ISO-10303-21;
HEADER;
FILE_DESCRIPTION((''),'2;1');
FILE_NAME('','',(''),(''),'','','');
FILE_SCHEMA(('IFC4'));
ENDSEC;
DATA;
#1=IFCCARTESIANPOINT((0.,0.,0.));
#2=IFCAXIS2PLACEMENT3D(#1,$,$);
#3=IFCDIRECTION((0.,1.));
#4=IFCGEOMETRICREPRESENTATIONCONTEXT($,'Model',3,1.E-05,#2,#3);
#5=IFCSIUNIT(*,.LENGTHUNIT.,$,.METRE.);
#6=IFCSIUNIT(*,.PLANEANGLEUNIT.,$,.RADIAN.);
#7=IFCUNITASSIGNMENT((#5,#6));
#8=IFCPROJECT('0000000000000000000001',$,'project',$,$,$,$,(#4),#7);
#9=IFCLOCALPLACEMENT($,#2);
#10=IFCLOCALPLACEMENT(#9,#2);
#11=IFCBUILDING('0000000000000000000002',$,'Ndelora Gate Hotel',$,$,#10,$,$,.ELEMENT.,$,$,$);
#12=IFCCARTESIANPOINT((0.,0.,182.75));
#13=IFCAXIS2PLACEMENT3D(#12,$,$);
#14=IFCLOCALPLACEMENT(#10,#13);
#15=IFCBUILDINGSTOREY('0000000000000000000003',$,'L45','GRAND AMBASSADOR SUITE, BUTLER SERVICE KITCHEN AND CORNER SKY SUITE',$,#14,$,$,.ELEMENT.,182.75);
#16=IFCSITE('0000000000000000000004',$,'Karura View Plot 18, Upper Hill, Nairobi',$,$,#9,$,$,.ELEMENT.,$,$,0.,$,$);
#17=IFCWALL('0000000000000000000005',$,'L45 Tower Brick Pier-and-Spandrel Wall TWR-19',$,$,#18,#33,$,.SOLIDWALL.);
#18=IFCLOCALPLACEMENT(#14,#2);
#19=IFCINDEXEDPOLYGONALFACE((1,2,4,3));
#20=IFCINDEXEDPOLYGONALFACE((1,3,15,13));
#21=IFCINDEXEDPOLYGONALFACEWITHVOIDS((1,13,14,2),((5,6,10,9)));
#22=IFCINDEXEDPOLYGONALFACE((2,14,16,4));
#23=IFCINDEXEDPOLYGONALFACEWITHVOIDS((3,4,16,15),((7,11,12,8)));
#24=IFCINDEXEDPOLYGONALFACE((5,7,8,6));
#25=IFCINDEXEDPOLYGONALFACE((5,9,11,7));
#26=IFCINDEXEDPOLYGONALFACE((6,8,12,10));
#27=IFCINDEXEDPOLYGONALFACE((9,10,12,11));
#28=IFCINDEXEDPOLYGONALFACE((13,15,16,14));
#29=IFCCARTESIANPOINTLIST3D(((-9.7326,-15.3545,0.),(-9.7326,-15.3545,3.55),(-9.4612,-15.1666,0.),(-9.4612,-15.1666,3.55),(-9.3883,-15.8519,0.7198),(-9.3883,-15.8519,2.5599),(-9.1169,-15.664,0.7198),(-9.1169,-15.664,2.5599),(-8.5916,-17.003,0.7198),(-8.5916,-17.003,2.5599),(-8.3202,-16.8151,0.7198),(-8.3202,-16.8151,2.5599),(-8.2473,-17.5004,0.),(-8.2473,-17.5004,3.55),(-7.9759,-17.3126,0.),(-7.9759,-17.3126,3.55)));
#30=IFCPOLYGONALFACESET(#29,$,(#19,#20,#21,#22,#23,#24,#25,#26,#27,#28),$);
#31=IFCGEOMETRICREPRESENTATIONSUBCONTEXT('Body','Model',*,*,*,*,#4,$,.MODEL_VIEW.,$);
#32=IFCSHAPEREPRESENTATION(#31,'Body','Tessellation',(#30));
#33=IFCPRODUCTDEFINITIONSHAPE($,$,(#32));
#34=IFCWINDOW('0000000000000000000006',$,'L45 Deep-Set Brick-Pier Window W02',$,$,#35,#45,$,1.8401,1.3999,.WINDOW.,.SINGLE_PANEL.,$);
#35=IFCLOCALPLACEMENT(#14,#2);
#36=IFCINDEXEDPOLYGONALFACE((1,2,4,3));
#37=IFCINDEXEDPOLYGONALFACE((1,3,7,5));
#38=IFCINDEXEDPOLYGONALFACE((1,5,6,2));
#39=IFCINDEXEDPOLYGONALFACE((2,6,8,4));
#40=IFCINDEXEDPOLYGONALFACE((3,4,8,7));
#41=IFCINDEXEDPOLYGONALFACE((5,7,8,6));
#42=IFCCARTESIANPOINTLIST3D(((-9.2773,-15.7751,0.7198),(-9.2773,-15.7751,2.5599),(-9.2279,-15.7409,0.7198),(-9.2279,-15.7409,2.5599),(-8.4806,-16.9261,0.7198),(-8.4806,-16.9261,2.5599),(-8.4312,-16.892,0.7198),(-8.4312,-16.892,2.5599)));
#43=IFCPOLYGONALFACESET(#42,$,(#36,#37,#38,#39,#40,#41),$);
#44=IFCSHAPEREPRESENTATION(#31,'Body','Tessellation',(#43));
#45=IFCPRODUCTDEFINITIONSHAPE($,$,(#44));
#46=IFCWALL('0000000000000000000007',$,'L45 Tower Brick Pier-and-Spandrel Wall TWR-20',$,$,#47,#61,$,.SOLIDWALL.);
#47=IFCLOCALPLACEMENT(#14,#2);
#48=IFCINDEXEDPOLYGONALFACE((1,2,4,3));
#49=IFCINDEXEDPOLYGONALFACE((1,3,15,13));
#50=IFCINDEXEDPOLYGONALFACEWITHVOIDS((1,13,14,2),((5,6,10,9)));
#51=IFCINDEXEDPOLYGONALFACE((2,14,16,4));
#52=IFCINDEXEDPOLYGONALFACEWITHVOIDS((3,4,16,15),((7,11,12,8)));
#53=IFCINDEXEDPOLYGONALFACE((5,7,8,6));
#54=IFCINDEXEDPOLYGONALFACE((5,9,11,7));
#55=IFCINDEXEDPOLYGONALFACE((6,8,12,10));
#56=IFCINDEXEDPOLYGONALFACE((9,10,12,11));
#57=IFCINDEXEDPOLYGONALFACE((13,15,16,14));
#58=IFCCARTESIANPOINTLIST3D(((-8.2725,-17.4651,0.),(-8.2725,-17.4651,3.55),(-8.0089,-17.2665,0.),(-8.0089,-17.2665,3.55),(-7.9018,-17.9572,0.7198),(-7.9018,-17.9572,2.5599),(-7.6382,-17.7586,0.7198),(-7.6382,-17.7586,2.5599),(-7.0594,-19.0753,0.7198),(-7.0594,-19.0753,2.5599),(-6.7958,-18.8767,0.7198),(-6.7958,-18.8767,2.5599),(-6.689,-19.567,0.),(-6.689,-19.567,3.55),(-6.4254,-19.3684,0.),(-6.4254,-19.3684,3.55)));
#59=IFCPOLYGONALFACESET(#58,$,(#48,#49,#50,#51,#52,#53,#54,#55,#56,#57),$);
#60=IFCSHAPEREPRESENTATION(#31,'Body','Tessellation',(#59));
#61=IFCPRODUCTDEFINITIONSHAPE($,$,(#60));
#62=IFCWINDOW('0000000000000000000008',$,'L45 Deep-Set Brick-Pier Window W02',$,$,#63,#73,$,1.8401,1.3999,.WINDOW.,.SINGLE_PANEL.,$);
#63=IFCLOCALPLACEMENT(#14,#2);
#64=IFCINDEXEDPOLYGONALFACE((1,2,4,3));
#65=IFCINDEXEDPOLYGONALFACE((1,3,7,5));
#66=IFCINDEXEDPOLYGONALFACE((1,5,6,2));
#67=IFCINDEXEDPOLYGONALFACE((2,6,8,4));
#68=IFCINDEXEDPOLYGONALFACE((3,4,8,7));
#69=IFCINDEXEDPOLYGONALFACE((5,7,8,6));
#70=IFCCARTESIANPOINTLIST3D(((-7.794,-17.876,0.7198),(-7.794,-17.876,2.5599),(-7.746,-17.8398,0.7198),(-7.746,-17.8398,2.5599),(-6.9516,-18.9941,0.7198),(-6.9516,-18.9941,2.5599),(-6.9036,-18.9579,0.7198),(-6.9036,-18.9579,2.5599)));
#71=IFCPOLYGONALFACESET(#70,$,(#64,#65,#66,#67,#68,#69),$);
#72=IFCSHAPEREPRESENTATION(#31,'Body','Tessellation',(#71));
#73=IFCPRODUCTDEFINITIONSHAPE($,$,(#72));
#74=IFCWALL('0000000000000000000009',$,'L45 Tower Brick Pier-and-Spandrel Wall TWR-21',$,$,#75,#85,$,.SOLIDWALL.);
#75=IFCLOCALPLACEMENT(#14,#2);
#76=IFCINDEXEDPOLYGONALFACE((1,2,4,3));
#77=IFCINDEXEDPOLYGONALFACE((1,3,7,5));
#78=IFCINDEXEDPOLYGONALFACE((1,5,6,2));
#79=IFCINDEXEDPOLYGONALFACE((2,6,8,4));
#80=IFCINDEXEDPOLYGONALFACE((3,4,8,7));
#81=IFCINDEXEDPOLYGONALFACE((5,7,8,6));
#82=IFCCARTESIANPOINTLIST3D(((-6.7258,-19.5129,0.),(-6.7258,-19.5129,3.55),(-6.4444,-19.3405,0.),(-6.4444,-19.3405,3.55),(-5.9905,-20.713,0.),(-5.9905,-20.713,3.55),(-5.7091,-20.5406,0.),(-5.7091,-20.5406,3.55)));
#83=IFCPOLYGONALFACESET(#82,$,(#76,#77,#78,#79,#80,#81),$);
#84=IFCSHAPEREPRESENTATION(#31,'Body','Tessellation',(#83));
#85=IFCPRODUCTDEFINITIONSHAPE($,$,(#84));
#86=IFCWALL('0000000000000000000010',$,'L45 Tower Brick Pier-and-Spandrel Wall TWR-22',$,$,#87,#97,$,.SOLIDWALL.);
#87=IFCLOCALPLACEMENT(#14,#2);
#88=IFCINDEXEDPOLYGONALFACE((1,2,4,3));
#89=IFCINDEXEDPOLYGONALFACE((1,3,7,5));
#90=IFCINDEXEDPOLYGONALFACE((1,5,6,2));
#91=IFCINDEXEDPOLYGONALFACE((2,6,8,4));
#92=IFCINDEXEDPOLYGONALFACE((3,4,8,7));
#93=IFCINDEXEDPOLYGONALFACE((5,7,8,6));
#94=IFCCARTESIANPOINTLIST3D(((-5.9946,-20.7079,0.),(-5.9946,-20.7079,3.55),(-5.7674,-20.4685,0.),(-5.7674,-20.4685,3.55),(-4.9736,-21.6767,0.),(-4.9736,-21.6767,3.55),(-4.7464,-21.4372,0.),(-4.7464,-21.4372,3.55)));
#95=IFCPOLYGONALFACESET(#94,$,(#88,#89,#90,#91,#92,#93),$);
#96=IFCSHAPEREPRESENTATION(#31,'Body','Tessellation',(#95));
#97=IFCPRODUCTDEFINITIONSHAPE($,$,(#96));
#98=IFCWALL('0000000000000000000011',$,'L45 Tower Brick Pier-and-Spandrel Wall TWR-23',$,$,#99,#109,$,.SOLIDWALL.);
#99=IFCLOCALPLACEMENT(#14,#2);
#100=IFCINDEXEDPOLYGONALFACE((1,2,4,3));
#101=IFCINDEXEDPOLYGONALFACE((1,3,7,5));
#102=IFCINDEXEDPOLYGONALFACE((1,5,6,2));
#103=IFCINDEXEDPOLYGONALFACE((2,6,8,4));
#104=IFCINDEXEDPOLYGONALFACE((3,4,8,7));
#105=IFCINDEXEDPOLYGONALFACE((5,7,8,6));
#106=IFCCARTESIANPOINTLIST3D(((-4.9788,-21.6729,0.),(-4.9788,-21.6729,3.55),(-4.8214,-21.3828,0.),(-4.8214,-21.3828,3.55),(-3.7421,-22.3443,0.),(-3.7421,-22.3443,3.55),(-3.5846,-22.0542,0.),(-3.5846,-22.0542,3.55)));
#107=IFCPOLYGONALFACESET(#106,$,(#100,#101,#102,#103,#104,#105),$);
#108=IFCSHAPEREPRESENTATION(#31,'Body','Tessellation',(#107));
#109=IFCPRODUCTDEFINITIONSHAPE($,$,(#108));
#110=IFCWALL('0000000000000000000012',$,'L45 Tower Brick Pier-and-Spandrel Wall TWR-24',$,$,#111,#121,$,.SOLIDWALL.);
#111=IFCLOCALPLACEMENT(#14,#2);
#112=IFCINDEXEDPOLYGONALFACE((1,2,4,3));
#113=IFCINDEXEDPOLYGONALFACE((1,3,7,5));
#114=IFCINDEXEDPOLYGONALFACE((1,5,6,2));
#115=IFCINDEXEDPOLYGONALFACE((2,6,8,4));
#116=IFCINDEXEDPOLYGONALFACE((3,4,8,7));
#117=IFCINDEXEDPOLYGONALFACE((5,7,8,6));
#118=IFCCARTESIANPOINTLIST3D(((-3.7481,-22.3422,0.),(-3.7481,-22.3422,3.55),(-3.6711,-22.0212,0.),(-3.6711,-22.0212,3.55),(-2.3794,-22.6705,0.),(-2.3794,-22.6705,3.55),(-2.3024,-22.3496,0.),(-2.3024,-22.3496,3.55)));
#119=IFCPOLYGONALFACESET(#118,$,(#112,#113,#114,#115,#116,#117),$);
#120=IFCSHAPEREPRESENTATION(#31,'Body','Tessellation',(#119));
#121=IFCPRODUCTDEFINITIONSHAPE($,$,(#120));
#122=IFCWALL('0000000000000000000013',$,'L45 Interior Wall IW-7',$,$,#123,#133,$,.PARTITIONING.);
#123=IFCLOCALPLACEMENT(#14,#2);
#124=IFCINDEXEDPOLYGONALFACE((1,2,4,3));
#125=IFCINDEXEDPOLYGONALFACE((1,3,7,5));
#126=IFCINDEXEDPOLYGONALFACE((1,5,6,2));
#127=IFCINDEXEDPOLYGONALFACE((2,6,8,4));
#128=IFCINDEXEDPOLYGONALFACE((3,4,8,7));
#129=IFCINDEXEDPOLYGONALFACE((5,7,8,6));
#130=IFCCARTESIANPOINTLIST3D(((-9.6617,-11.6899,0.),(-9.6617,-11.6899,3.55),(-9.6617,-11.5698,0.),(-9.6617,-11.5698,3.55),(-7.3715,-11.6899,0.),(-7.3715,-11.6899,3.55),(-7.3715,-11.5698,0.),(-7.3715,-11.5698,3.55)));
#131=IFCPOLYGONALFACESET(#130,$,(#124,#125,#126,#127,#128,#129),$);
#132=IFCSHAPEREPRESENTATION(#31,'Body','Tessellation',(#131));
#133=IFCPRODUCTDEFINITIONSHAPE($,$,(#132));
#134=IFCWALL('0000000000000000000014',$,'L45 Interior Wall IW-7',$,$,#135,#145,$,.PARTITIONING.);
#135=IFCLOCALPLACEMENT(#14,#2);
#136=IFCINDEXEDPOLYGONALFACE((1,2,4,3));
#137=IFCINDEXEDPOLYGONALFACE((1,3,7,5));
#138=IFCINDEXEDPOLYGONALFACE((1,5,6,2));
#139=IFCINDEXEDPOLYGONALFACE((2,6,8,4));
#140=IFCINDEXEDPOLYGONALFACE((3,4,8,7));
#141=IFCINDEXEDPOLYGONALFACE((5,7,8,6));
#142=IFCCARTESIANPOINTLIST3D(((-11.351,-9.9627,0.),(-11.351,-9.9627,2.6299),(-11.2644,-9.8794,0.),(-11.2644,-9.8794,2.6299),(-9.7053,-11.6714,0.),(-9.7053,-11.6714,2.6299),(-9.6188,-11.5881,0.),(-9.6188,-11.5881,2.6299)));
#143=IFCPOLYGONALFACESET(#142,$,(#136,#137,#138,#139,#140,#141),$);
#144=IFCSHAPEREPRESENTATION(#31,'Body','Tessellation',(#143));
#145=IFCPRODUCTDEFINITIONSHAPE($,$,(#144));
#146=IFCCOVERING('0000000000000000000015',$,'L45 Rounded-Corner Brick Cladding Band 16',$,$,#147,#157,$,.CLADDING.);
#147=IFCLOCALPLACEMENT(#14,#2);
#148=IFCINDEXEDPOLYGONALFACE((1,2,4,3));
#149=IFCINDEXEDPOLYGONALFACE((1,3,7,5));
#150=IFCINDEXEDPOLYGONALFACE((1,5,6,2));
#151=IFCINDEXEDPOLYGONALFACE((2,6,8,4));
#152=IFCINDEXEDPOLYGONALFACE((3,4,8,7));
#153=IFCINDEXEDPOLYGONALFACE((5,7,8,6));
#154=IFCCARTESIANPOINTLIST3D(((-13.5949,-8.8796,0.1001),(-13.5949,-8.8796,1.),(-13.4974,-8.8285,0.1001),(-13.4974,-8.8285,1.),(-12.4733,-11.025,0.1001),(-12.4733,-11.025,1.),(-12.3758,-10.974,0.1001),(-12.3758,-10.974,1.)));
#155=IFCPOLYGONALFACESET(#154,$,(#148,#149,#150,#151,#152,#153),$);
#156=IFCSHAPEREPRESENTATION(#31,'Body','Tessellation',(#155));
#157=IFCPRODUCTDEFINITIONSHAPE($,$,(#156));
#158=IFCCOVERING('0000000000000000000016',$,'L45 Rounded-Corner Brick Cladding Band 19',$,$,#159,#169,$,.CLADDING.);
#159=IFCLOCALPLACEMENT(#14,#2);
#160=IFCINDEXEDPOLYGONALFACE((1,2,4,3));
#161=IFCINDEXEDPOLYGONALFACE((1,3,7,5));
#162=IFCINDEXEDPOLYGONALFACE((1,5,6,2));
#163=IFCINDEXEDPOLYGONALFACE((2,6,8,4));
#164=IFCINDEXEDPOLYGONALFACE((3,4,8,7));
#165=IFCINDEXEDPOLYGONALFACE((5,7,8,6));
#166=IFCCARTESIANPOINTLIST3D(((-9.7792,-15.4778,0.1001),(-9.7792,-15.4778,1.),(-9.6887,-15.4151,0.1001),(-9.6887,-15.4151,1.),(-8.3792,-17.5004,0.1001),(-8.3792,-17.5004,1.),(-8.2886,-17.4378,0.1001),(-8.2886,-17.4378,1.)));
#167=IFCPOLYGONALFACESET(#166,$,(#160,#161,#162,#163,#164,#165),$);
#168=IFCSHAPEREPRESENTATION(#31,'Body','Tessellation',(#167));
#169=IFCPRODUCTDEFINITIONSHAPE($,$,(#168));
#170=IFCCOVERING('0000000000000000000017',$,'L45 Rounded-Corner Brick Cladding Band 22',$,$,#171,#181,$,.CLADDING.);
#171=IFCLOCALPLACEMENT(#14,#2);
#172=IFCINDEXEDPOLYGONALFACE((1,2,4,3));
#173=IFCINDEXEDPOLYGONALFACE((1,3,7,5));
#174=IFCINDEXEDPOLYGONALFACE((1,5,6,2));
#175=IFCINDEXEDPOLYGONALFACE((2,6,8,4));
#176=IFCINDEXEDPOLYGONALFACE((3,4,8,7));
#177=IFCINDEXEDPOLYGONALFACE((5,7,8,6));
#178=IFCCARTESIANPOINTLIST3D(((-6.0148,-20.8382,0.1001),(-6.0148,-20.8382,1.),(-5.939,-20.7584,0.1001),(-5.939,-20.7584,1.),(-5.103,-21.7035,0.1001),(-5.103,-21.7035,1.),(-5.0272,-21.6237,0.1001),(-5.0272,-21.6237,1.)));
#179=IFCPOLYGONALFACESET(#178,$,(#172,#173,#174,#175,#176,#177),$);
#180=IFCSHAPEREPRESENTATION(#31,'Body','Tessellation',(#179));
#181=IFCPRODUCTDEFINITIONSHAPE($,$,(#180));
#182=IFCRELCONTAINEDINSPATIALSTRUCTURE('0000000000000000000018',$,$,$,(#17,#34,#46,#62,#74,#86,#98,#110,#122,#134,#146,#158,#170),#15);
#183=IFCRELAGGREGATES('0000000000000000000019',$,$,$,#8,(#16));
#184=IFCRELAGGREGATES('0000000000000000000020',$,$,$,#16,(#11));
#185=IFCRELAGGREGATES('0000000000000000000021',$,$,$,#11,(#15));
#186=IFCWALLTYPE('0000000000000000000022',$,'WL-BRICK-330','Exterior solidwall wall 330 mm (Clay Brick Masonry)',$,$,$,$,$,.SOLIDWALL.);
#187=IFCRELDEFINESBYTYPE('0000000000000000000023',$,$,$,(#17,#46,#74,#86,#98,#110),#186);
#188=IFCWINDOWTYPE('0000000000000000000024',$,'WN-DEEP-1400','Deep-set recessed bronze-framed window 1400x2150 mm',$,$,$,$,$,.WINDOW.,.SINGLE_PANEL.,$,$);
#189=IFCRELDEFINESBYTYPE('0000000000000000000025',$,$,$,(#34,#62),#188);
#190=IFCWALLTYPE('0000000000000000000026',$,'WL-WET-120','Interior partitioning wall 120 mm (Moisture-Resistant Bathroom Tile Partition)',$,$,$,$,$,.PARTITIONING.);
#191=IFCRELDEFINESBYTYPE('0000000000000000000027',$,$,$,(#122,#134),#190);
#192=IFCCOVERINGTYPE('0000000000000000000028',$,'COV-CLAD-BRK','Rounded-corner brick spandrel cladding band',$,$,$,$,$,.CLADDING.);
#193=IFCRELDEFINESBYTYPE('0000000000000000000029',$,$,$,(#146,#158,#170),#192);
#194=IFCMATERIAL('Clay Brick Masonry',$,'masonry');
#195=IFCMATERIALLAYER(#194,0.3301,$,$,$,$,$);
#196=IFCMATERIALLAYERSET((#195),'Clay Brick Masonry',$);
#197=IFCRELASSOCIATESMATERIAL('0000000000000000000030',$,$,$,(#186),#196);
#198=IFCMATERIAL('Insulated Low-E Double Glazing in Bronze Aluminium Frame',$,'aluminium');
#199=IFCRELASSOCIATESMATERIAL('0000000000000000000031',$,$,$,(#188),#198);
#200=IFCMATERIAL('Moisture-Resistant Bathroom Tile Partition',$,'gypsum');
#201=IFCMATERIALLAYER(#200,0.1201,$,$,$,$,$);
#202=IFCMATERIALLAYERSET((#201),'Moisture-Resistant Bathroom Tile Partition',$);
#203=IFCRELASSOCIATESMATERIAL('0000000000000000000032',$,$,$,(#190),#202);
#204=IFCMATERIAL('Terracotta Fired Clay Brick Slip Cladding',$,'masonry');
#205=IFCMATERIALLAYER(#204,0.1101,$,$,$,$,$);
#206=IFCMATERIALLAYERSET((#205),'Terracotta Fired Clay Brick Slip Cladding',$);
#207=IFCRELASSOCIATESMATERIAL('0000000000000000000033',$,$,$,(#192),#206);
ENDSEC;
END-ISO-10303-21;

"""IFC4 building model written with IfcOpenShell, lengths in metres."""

from ifc_helpers import new_model, si_unit, direction, frame, frame_2d, origin, origin_2d, place, context, subcontext, project, spatial, rectangle, extrude, material, layer, layer_set, type_object, element, fill, save


model = new_model("IFC4")

# Units and contexts
model_context = context("Model", 3, precision=1e-05, world=origin(), true_north=direction((0.0, 1.0)))
body_context = subcontext(model_context, "Body", "Model", "MODEL_VIEW")
ifc_project = project(units=[si_unit("LENGTHUNIT", "METRE"), si_unit("PLANEANGLEUNIT", "RADIAN")], contexts=[model_context])

# Site, building, storey
site_placement = place(None, origin())
site = spatial("IfcSite", under=ifc_project, at=site_placement, Name="Karura View Plot 18, Upper Hill, Nairobi", CompositionType="ELEMENT", RefElevation=0.0)
building_placement = place(site_placement, origin())
building = spatial("IfcBuilding", under=site, at=building_placement, Name="Ndelora Gate Hotel", CompositionType="ELEMENT")
storey_placement = place(building_placement, frame((0.0, 0.0, 182.75)))
storey = spatial("IfcBuildingStorey", under=building, at=storey_placement, Name="L45", Description="GRAND AMBASSADOR SUITE, BUTLER SERVICE KITCHEN AND CORNER SKY SUITE", CompositionType="ELEMENT", Elevation=182.75)

# Shared definitions
ifc_material_1 = material(Name="Clay Brick Masonry", Category="masonry")
ifc_layer_1 = layer(ifc_material_1, 0.3301)
ifc_layer_set_1 = layer_set([ifc_layer_1], Name="Clay Brick Masonry")
wall_type_1 = type_object("IfcWallType", Name="WL-BRICK-330", Description="Exterior solidwall wall 330 mm (Clay Brick Masonry)", PredefinedType="SOLIDWALL", material=ifc_layer_set_1)

# Walls, openings, windows
ifc_material_2 = material(Name="Insulated Low-E Double Glazing in Bronze Aluminium Frame", Category="aluminium")
window_type = type_object("IfcWindowType", Name="WN-DEEP-1400", Description="Deep-set recessed bronze-framed window 1400x2150 mm", PartitioningType="SINGLE_PANEL", PredefinedType="WINDOW", material=ifc_material_2)
wall_1_placement = place(storey_placement, frame((-8.1116, -17.4065, 0.0), z_axis=(0.0, 0.0, 1.0), x_axis=(-0.569122, 0.822253, 0.0)))
wall_1 = element("IfcWall", 1, at=wall_1_placement, inside=storey, type_object=wall_type_1, Name="L45 Tower Brick Pier-and-Spandrel Wall TWR-19", PredefinedType="SOLIDWALL", context=body_context, shape_type="SweptSolid", body=[
    extrude(rectangle(XDim=2.6099, YDim=0.3301, at=frame_2d((1.3049, 0.0))), origin(), (0.0, 0.0, 1.0), 3.55),
])
opening_1_placement = place(wall_1_placement, frame((0.605, 0.0, 0.72)))
opening_1 = element("IfcOpeningElement", 2, at=opening_1_placement, cuts=wall_1, PredefinedType="OPENING", context=body_context, shape_type="SweptSolid", body=[
    extrude(rectangle(XDim=1.3999, YDim=1.8401, at=frame_2d((0.7, 0.9199))), frame((0.0, 0.175, 0.0), z_axis=(0.0, -1.0, 0.0), x_axis=(1.0, 0.0, 0.0)), (0.0, 0.0, 1.0), 0.3501),
])
window_1_placement = place(opening_1_placement, origin())
window_1 = element("IfcWindow", 3, at=window_1_placement, inside=storey, type_object=window_type, Name="L45 Deep-Set Brick-Pier Window W02", OverallHeight=1.8401, OverallWidth=1.3999, PartitioningType="SINGLE_PANEL", PredefinedType="WINDOW", context=body_context, shape_type="SweptSolid", body=[
    extrude(rectangle(XDim=1.3999, YDim=1.8401, at=frame_2d((0.7, 0.9199))), frame((0.0, 0.03, 0.0), z_axis=(0.0, -1.0, 0.0), x_axis=(1.0, 0.0, 0.0)), (0.0, 0.0, 1.0), 0.0601),
])
fill(opening_1, window_1)
wall_2_placement = place(storey_placement, frame((-6.5571, -19.4678, 0.0), z_axis=(0.0, 0.0, 1.0), x_axis=(-0.601735, 0.798696, 0.0)))
wall_2 = element("IfcWall", 4, at=wall_2_placement, inside=storey, type_object=wall_type_1, Name="L45 Tower Brick Pier-and-Spandrel Wall TWR-20", PredefinedType="SOLIDWALL", context=body_context, shape_type="SweptSolid", body=[
    extrude(rectangle(XDim=2.6316, YDim=0.3301, at=frame_2d((1.3159, 0.0))), origin(), (0.0, 0.0, 1.0), 3.55),
])
opening_2_placement = place(wall_2_placement, frame((0.6157, 0.0, 0.72)))
opening_2 = element("IfcOpeningElement", 5, at=opening_2_placement, cuts=wall_2, PredefinedType="OPENING", context=body_context, shape_type="SweptSolid", body=[
    extrude(rectangle(XDim=1.3999, YDim=1.8401, at=frame_2d((0.7, 0.9199))), frame((0.0, 0.175, 0.0), z_axis=(0.0, -1.0, 0.0), x_axis=(1.0, 0.0, 0.0)), (0.0, 0.0, 1.0), 0.3501),
])
window_2_placement = place(opening_2_placement, origin())
window_2 = element("IfcWindow", 6, at=window_2_placement, inside=storey, type_object=window_type, Name="L45 Deep-Set Brick-Pier Window W02", OverallHeight=1.8401, OverallWidth=1.3999, PartitioningType="SINGLE_PANEL", PredefinedType="WINDOW", context=body_context, shape_type="SweptSolid", body=[
    extrude(rectangle(XDim=1.3999, YDim=1.8401, at=frame_2d((0.7, 0.9199))), frame((0.0, 0.03, 0.0), z_axis=(0.0, -1.0, 0.0), x_axis=(1.0, 0.0, 0.0)), (0.0, 0.0, 1.0), 0.0601),
])
fill(opening_2, window_2)

# Walls
for number, where, z_axis, x_axis, name in (
    (7, (-5.8499, -20.6267, 0.0), (0.0, 0.0, 1.0), (-0.522432, 0.852681, 0.0), "L45 Tower Brick Pier-and-Spandrel Wall TWR-21"),
    (8, (-4.8601, -21.5569, 0.0), (0.0, 0.0, 1.0), (-0.725424, 0.688303, 0.0), "L45 Tower Brick Pier-and-Spandrel Wall TWR-22"),
):
    element("IfcWall", number, at=place(storey_placement, frame(where, z_axis=z_axis, x_axis=x_axis)), inside=storey, type_object=wall_type_1, Name=name, PredefinedType="SOLIDWALL", context=body_context, shape_type="SweptSolid", body=[
        extrude(rectangle(XDim=1.4075, YDim=0.3301, at=frame_2d((0.7036, 0.0))), origin(), (0.0, 0.0, 1.0), 3.55),
    ])
wall_3_placement = place(storey_placement, frame((-3.6633, -22.1992, 0.0), z_axis=(0.0, 0.0, 1.0), x_axis=(-0.878862, 0.477077, 0.0)))
element("IfcWall", 9, at=wall_3_placement, inside=storey, type_object=wall_type_1, Name="L45 Tower Brick Pier-and-Spandrel Wall TWR-23", PredefinedType="SOLIDWALL", context=body_context, shape_type="SweptSolid", body=[
    extrude(rectangle(XDim=1.4072, YDim=0.3301, at=frame_2d((0.7036, 0.0))), origin(), (0.0, 0.0, 1.0), 3.55),
])
wall_4_placement = place(storey_placement, frame((-2.3411, -22.51, 0.0), z_axis=(0.0, 0.0, 1.0), x_axis=(-0.972405, 0.233301, 0.0)))
element("IfcWall", 10, at=wall_4_placement, inside=storey, type_object=wall_type_1, Name="L45 Tower Brick Pier-and-Spandrel Wall TWR-24", PredefinedType="SOLIDWALL", context=body_context, shape_type="SweptSolid", body=[
    extrude(rectangle(XDim=1.4075, YDim=0.3301, at=frame_2d((0.7036, 0.0))), origin(), (0.0, 0.0, 1.0), 3.55),
])
ifc_material_3 = material(Name="Moisture-Resistant Bathroom Tile Partition", Category="gypsum")
ifc_layer_2 = layer(ifc_material_3, 0.1201)
ifc_layer_set_2 = layer_set([ifc_layer_2], Name="Moisture-Resistant Bathroom Tile Partition")
wall_type_2 = type_object("IfcWallType", Name="WL-WET-120", Description="Interior partitioning wall 120 mm (Moisture-Resistant Bathroom Tile Partition)", PredefinedType="PARTITIONING", material=ifc_layer_set_2)
wall_5_placement = place(storey_placement, frame((-7.3716, -11.6299, 0.0), z_axis=(0.0, 0.0, 1.0), x_axis=(-1.0, 0.0, 0.0)))
element("IfcWall", 11, at=wall_5_placement, inside=storey, type_object=wall_type_2, Name="L45 Interior Wall IW-7", PredefinedType="PARTITIONING", context=body_context, shape_type="SweptSolid", body=[
    extrude(rectangle(XDim=2.2903, YDim=0.1201, at=frame_2d((1.145, 0.0))), origin(), (0.0, 0.0, 1.0), 3.55),
])
wall_6_placement = place(storey_placement, frame((-11.3076, -9.9211, 0.0), z_axis=(0.0, 0.0, 1.0), x_axis=(0.693707, -0.720257, 0.0)))
element("IfcWall", 12, at=wall_6_placement, inside=storey, type_object=wall_type_2, Name="L45 Interior Wall IW-7", PredefinedType="PARTITIONING", context=body_context, shape_type="SweptSolid", body=[
    extrude(rectangle(XDim=2.3723, YDim=0.1201, at=frame_2d((1.186, 0.0))), origin(), (0.0, 0.0, 1.0), 2.6299),
])

# Coverings
ifc_material_4 = material(Name="Terracotta Fired Clay Brick Slip Cladding", Category="masonry")
ifc_layer_3 = layer(ifc_material_4, 0.1101)
ifc_layer_set_3 = layer_set([ifc_layer_3], Name="Terracotta Fired Clay Brick Slip Cladding")
covering_type_1 = type_object("IfcCoveringType", Name="COV-CLAD-BRK", Description="Rounded-corner brick spandrel cladding band", PredefinedType="CLADDING", material=ifc_layer_set_3)
covering_1_placement = place(storey_placement, frame((-12.9854, -9.9268, 0.1001), z_axis=(0.0, 0.0, 1.0), x_axis=(-0.463296, 0.886204, 0.0)))
element("IfcCovering", 13, at=covering_1_placement, inside=storey, type_object=covering_type_1, Name="L45 Rounded-Corner Brick Cladding Band 16", PredefinedType="CLADDING", context=body_context, shape_type="SweptSolid", body=[
    extrude(rectangle(XDim=2.4209, YDim=0.1101, at=origin_2d()), origin(), (0.0, 0.0, 1.0), 0.8999),
])
covering_2_placement = place(storey_placement, frame((-9.0339, -16.4578, 0.1001), z_axis=(0.0, 0.0, 1.0), x_axis=(-0.569136, 0.822243, 0.0)))
element("IfcCovering", 14, at=covering_2_placement, inside=storey, type_object=covering_type_1, Name="L45 Rounded-Corner Brick Cladding Band 19", PredefinedType="CLADDING", context=body_context, shape_type="SweptSolid", body=[
    extrude(rectangle(XDim=2.46, YDim=0.1101, at=origin_2d()), origin(), (0.0, 0.0, 1.0), 0.8999),
])
covering_3_placement = place(storey_placement, frame((-5.521, -21.231, 0.1001), z_axis=(0.0, 0.0, 1.0), x_axis=(-0.725374, 0.688355, 0.0)))
element("IfcCovering", 15, at=covering_3_placement, inside=storey, type_object=covering_type_1, Name="L45 Rounded-Corner Brick Cladding Band 22", PredefinedType="CLADDING", context=body_context, shape_type="SweptSolid", body=[
    extrude(rectangle(XDim=1.2571, YDim=0.1101, at=origin_2d()), origin(), (0.0, 0.0, 1.0), 0.8999),
])

save(model, "model.ifc")
